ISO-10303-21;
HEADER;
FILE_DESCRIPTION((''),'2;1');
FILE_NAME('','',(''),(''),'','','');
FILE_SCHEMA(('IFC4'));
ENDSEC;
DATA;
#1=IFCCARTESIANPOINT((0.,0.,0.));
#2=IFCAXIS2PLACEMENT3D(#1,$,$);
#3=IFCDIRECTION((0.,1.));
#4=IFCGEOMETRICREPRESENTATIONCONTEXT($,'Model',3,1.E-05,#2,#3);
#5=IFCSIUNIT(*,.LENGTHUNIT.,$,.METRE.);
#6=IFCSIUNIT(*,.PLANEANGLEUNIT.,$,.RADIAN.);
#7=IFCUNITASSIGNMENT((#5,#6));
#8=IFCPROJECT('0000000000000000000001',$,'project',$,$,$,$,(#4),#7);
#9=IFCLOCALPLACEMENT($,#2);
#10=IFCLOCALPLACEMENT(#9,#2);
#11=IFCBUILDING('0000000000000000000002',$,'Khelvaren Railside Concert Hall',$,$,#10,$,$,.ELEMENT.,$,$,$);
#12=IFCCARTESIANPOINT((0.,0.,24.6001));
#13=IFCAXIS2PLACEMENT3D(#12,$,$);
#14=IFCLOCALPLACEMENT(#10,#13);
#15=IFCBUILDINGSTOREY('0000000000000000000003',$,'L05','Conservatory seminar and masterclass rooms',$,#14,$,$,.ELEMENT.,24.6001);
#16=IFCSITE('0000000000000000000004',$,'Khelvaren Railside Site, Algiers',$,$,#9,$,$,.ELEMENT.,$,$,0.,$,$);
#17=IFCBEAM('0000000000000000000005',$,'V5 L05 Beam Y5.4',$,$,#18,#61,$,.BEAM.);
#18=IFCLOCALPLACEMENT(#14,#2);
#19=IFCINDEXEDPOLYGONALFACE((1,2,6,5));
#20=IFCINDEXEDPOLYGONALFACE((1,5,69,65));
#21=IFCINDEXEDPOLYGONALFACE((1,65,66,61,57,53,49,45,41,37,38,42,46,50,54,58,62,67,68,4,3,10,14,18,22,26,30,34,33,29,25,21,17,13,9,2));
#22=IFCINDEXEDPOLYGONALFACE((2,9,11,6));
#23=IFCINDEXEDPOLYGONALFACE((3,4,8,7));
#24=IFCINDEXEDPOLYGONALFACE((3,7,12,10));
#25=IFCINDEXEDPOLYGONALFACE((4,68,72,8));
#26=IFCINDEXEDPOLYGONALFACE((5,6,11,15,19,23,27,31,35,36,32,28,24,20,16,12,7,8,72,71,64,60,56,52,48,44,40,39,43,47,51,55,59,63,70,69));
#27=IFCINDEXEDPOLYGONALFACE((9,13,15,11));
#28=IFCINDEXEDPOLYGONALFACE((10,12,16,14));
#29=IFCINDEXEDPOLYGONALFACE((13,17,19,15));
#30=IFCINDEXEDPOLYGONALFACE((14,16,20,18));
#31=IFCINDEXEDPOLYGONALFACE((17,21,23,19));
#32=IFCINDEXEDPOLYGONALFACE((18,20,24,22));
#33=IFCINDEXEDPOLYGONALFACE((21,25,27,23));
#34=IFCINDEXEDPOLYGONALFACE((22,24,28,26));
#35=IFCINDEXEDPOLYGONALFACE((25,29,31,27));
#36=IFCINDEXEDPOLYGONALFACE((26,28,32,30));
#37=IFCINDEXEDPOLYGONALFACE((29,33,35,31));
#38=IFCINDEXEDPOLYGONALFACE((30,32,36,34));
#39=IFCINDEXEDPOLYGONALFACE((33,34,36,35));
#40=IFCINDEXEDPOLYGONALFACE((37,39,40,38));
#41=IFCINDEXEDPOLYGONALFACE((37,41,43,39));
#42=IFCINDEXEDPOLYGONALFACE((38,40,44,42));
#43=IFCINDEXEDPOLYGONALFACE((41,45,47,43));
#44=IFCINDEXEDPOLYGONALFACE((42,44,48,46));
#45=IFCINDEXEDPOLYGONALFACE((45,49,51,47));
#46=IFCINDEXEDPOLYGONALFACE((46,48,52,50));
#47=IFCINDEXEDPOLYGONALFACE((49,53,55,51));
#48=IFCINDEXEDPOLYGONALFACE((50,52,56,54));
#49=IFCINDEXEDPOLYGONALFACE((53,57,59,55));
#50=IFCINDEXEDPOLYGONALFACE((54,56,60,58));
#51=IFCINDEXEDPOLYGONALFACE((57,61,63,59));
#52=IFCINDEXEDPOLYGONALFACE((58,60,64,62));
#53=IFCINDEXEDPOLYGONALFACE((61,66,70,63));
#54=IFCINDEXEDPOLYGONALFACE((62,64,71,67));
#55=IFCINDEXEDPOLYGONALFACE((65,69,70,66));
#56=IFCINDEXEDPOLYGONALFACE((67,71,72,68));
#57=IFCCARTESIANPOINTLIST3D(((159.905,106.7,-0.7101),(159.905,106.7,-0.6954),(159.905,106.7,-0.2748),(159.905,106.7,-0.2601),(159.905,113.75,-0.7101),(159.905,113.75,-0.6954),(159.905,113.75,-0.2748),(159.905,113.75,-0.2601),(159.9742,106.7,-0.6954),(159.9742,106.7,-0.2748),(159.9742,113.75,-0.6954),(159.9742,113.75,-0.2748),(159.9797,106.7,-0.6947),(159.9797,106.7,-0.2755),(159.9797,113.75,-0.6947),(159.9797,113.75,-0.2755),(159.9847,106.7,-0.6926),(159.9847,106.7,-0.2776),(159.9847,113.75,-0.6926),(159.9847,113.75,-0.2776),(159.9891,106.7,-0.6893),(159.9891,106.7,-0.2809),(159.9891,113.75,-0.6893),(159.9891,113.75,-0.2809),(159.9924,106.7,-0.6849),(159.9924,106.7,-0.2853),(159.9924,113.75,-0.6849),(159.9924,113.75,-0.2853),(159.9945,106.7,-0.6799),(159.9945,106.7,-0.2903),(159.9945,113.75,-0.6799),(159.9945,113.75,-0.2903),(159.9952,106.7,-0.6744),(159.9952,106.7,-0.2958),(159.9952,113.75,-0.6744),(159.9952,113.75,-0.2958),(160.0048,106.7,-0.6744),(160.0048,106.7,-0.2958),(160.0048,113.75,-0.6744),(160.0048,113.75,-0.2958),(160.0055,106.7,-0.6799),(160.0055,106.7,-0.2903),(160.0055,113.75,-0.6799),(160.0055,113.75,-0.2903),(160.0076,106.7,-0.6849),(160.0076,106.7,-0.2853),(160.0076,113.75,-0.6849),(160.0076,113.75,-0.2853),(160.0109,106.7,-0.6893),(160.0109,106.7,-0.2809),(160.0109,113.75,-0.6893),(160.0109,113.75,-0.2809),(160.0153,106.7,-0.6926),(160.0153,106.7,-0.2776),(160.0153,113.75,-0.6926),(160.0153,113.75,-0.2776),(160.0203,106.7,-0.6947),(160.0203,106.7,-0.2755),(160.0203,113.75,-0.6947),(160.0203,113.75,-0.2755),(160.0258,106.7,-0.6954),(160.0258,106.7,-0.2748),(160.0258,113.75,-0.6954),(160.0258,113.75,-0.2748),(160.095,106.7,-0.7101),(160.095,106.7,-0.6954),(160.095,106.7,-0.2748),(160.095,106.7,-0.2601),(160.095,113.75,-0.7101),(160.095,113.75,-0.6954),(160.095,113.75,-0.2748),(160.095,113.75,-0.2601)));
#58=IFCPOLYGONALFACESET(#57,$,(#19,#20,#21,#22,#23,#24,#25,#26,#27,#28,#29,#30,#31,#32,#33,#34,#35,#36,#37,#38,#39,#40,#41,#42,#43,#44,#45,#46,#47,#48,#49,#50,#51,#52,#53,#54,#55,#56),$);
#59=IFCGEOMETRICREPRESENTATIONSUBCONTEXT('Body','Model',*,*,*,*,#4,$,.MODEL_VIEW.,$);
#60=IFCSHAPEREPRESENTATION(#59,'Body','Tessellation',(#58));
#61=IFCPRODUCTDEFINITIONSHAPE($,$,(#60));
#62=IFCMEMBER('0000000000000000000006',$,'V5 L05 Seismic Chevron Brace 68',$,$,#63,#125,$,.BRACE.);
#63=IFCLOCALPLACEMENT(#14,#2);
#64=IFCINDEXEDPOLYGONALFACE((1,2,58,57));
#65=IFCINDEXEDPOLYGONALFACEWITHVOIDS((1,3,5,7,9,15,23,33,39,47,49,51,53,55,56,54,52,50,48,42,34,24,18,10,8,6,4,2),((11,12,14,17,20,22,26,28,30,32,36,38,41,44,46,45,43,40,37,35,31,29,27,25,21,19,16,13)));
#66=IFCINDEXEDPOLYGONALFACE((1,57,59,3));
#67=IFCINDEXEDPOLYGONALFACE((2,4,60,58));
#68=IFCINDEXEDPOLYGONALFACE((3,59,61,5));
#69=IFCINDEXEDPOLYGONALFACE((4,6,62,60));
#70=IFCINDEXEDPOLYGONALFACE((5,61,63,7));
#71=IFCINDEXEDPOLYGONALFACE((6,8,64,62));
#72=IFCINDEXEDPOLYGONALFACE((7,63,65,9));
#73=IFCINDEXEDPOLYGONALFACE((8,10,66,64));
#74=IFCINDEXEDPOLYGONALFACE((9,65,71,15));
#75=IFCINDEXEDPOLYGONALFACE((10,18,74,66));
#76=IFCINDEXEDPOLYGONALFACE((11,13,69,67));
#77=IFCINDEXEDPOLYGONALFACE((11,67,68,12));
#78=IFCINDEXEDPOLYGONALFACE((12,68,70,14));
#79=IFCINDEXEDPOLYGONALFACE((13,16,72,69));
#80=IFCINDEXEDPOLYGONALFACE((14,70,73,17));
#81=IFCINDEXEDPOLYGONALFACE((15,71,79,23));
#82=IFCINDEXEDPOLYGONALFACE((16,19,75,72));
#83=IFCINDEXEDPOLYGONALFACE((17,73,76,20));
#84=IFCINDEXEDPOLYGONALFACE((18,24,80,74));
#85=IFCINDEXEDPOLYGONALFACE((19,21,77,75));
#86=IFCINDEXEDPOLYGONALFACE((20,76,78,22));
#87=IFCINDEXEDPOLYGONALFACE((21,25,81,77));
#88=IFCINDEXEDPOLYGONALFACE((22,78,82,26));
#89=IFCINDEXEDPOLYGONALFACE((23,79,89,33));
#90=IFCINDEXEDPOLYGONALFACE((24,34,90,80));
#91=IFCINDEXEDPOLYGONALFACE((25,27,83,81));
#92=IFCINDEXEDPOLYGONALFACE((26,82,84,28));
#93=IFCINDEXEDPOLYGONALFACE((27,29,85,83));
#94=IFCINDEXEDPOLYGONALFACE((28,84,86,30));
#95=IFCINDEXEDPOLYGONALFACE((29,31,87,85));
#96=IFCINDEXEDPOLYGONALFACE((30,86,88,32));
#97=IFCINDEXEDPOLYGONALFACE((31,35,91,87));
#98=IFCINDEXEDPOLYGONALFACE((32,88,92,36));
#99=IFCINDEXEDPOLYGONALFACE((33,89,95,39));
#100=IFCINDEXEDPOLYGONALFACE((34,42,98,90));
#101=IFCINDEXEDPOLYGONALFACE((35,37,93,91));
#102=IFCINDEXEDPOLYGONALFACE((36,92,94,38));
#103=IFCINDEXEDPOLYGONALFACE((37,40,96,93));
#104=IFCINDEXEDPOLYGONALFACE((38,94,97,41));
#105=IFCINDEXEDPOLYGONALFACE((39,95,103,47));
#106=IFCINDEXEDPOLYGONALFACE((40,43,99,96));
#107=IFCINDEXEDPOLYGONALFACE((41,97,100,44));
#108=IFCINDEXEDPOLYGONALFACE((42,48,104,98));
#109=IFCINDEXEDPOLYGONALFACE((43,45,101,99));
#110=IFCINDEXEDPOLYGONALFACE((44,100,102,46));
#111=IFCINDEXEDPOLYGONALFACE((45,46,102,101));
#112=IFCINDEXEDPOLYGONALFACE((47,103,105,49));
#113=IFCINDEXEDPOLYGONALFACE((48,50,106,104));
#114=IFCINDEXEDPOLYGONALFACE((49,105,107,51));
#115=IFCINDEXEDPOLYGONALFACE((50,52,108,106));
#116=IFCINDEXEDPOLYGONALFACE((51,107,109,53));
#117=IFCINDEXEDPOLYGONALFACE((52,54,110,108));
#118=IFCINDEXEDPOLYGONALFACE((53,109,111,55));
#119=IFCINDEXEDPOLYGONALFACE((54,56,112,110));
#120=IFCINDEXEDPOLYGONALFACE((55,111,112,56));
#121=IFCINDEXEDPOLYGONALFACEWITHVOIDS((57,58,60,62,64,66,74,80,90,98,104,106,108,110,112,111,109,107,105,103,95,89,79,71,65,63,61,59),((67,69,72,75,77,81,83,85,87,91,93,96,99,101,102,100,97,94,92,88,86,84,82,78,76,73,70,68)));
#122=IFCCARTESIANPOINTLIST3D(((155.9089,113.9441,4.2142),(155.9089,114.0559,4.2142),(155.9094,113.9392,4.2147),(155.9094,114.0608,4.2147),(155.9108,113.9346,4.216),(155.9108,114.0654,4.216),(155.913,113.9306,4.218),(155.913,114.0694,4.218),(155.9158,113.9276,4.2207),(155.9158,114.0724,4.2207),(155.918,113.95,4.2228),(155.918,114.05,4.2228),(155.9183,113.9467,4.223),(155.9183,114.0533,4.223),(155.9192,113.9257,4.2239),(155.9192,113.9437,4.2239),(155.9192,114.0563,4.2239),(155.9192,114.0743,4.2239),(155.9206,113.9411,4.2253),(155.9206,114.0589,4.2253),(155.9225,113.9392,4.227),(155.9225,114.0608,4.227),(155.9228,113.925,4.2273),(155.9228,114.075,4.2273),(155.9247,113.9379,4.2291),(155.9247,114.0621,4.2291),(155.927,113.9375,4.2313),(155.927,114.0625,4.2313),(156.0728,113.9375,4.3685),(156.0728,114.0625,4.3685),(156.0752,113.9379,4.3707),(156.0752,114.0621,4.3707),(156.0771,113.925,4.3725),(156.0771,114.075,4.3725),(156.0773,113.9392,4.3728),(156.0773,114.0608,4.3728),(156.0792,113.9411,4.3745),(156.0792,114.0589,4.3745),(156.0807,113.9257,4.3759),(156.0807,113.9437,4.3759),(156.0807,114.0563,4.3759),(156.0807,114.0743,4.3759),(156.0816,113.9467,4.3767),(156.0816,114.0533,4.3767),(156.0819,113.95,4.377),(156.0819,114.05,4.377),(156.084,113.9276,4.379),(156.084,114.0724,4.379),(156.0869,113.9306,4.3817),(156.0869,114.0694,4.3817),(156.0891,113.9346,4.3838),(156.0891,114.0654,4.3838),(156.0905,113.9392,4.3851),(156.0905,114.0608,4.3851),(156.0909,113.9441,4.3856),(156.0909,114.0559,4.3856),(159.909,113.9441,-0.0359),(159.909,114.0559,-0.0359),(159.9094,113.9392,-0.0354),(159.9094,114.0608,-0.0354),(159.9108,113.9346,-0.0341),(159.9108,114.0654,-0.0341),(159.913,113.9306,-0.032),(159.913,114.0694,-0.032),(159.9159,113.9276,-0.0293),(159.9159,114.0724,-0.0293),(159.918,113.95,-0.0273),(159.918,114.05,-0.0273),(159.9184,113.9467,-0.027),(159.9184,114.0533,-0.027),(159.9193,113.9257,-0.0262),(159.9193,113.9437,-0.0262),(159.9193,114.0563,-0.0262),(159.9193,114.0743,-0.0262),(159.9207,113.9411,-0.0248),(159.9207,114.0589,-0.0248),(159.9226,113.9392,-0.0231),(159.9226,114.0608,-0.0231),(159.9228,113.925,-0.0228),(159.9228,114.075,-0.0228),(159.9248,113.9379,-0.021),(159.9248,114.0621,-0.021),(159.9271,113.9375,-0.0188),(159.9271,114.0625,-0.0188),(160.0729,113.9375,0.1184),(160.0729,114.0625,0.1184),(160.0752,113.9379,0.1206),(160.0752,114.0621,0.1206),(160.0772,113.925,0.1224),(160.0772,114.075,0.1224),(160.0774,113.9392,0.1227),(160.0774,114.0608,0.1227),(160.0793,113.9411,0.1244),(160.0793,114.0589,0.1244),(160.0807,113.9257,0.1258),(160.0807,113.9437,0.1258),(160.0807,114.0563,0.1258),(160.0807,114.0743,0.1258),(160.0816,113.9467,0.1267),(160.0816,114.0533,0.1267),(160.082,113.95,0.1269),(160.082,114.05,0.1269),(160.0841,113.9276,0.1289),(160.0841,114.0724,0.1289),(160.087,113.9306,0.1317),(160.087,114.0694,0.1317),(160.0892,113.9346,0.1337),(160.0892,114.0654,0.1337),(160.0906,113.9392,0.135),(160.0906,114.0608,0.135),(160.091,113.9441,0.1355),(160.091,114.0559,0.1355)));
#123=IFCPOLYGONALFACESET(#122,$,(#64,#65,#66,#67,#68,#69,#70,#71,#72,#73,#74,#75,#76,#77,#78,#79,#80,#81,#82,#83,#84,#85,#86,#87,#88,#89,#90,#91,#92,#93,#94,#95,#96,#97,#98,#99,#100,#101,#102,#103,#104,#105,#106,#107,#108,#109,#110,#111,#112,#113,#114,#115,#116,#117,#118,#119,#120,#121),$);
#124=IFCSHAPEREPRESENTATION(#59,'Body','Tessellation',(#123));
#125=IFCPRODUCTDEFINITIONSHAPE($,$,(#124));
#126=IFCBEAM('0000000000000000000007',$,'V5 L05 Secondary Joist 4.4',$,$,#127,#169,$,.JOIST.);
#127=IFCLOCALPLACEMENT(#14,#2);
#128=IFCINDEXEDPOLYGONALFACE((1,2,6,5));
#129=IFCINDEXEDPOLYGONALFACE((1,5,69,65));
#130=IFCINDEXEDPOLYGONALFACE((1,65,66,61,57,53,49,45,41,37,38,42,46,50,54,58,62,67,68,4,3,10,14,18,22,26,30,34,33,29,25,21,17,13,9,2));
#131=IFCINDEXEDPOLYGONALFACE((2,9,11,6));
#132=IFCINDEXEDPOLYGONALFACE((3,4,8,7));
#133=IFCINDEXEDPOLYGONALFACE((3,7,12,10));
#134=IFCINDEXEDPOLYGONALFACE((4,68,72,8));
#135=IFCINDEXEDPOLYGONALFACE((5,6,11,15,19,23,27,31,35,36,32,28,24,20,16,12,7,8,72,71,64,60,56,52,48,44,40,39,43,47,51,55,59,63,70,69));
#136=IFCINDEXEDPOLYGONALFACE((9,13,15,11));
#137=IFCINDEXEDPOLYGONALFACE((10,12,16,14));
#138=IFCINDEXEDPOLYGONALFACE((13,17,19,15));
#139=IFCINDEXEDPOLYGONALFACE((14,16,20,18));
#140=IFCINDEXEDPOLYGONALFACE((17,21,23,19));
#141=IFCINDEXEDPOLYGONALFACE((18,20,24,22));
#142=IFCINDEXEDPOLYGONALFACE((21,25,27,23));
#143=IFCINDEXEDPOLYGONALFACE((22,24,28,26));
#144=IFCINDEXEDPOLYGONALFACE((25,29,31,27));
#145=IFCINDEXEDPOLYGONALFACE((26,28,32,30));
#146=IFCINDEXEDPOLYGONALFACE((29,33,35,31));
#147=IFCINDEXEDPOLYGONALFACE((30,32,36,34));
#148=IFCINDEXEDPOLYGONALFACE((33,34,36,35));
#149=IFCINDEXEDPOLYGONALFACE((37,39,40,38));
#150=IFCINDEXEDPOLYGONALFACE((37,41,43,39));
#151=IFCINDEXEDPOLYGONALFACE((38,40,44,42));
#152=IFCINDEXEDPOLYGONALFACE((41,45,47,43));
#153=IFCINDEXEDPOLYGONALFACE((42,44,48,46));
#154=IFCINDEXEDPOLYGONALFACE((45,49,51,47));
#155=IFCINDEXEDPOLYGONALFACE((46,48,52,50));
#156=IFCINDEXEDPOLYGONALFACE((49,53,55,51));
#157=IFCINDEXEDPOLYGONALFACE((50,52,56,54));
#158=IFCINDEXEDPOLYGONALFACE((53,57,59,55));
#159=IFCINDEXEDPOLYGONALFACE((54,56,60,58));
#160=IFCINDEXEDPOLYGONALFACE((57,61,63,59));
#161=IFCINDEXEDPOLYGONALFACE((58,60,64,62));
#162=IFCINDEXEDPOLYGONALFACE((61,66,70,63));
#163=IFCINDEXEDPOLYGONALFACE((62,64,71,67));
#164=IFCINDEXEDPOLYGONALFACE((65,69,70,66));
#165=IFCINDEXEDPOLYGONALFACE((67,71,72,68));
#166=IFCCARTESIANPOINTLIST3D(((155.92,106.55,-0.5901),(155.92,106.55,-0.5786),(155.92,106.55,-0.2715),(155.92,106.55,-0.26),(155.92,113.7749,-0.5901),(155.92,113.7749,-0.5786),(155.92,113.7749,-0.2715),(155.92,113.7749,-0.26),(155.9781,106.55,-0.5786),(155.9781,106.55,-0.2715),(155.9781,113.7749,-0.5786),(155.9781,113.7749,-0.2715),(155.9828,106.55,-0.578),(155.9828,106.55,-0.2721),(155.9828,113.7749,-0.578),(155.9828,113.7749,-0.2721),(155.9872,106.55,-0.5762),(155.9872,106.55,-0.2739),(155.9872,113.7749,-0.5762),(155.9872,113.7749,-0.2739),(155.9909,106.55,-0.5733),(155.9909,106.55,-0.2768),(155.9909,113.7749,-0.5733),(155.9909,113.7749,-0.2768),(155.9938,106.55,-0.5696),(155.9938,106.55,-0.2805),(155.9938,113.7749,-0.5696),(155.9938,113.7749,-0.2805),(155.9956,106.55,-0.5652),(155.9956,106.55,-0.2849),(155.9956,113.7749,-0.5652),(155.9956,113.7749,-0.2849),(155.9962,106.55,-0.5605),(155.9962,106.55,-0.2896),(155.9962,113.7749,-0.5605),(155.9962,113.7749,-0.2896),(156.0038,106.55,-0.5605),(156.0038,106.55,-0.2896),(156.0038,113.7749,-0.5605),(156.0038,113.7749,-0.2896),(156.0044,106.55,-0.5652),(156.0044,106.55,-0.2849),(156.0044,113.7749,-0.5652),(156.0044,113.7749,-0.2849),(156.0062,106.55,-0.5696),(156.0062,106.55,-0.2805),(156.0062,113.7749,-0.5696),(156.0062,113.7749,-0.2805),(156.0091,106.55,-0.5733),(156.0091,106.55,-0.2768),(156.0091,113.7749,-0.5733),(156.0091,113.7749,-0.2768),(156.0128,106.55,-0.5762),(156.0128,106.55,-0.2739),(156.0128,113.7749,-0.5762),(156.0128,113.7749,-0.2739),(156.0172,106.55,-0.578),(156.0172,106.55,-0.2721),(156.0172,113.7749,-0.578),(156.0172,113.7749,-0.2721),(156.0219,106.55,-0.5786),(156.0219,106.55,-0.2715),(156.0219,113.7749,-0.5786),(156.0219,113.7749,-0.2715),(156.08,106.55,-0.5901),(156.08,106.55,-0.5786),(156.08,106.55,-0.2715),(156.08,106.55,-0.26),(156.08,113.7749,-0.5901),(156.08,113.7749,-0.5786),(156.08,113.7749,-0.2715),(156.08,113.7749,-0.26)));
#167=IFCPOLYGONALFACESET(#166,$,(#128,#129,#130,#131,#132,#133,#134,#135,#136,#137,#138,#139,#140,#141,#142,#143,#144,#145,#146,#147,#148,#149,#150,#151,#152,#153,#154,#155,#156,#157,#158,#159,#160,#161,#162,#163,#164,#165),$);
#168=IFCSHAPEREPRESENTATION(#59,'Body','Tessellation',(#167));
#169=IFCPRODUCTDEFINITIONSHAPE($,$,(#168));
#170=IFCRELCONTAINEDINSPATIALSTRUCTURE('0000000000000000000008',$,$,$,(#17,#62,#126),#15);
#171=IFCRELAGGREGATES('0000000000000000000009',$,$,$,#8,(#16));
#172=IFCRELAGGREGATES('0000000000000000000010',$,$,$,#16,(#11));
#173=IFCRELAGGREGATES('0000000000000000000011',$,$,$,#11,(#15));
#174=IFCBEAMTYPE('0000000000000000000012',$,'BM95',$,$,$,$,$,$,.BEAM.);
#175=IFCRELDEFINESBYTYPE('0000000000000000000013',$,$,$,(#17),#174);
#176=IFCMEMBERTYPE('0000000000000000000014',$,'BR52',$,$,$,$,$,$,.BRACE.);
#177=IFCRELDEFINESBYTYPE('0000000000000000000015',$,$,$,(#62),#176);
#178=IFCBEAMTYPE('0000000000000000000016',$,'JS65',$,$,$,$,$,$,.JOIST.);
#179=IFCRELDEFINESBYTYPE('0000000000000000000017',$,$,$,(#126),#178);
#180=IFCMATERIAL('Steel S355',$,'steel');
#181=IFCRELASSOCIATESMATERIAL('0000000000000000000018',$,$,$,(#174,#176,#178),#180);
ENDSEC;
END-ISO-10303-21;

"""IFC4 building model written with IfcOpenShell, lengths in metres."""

from ifc_helpers import new_model, si_unit, direction, frame, origin, origin_2d, place, context, subcontext, project, spatial, hollow_rectangle, i_section, extrude, material, material_profile, profile_set, type_object, element, save


model = new_model("IFC4")

# Units and contexts
model_context = context("Model", 3, precision=1e-05, world=origin(), true_north=direction((0.0, 1.0)))
body_context = subcontext(model_context, "Body", "Model", "MODEL_VIEW")
ifc_project = project(units=[si_unit("LENGTHUNIT", "METRE"), si_unit("PLANEANGLEUNIT", "RADIAN")], contexts=[model_context])

# Site, building, storey
site_placement = place(None, origin())
site = spatial("IfcSite", under=ifc_project, at=site_placement, Name="Khelvaren Railside Site, Algiers", CompositionType="ELEMENT", RefElevation=0.0)
building_placement = place(site_placement, origin())
building = spatial("IfcBuilding", under=site, at=building_placement, Name="Khelvaren Railside Concert Hall", CompositionType="ELEMENT")
storey_placement = place(building_placement, frame((0.0, 0.0, 24.6001)))
storey = spatial("IfcBuildingStorey", under=building, at=storey_placement, Name="L05", Description="Conservatory seminar and masterclass rooms", CompositionType="ELEMENT", Elevation=24.6001)

# Beam
ifc_material_1 = material(Name="Steel S355", Category="steel")
ifc_material_profile_1 = material_profile(ifc_material_1, i_section(OverallWidth=0.1899, OverallDepth=0.45, WebThickness=0.0095, FlangeThickness=0.0146, FilletRadius=0.021, at=origin_2d()), Name="IPE 450")
ifc_profile_set_1 = profile_set([ifc_material_profile_1], Name="Steel S355")
beam_type_1 = type_object("IfcBeamType", Name="BM95", PredefinedType="BEAM", material=ifc_profile_set_1)
beam_1_placement = place(storey_placement, frame((160.0, 106.7, -0.4851), z_axis=(0.0, 1.0, 0.0), x_axis=(-1.0, 0.0, 0.0)))
element("IfcBeam", 1, at=beam_1_placement, inside=storey, type_object=beam_type_1, Name="V5 L05 Beam Y5.4", PredefinedType="BEAM", context=body_context, shape_type="SweptSolid", body=[
    extrude(i_section(OverallWidth=0.1899, OverallDepth=0.45, WebThickness=0.0095, FlangeThickness=0.0146, FilletRadius=0.021, at=origin_2d()), origin(), (0.0, 0.0, 1.0), 7.05),
])

# Member
ifc_material_profile_2 = material_profile(ifc_material_1, hollow_rectangle(XDim=0.1499, YDim=0.25, WallThickness=0.0125, InnerFilletRadius=0.0125, OuterFilletRadius=0.019, at=origin_2d()), Name="RHS 250x150x12.5")
ifc_profile_set_2 = profile_set([ifc_material_profile_2], Name="Steel S355")
member_type = type_object("IfcMemberType", Name="BR52", PredefinedType="BRACE", material=ifc_profile_set_2)
member_placement = place(storey_placement, frame((160.0, 114.0, 0.0498), z_axis=(-0.685365, 0.0, 0.7282), x_axis=(0.0, -1.0, 0.0)))
element("IfcMember", 2, at=member_placement, inside=storey, type_object=member_type, Name="V5 L05 Seismic Chevron Brace 68", PredefinedType="BRACE", context=body_context, shape_type="SweptSolid", body=[
    extrude(hollow_rectangle(XDim=0.1499, YDim=0.25, WallThickness=0.0125, InnerFilletRadius=0.0125, OuterFilletRadius=0.019, at=origin_2d()), origin(), (0.0, 0.0, 1.0), 5.8364),
])

# Beam
ifc_material_profile_3 = material_profile(ifc_material_1, i_section(OverallWidth=0.1599, OverallDepth=0.3301, WebThickness=0.0076, FlangeThickness=0.0115, FilletRadius=0.0181, at=origin_2d()), Name="IPE 330")
ifc_profile_set_3 = profile_set([ifc_material_profile_3], Name="Steel S355")
beam_type_2 = type_object("IfcBeamType", Name="JS65", PredefinedType="JOIST", material=ifc_profile_set_3)
beam_2_placement = place(storey_placement, frame((156.0, 106.55, -0.425), z_axis=(0.0, 1.0, 0.0), x_axis=(-1.0, 0.0, 0.0)))
element("IfcBeam", 3, at=beam_2_placement, inside=storey, type_object=beam_type_2, Name="V5 L05 Secondary Joist 4.4", PredefinedType="JOIST", context=body_context, shape_type="SweptSolid", body=[
    extrude(i_section(OverallWidth=0.1599, OverallDepth=0.3301, WebThickness=0.0076, FlangeThickness=0.0115, FilletRadius=0.0181, at=origin_2d()), origin(), (0.0, 0.0, 1.0), 7.2249),
])

save(model, "model.ifc")
